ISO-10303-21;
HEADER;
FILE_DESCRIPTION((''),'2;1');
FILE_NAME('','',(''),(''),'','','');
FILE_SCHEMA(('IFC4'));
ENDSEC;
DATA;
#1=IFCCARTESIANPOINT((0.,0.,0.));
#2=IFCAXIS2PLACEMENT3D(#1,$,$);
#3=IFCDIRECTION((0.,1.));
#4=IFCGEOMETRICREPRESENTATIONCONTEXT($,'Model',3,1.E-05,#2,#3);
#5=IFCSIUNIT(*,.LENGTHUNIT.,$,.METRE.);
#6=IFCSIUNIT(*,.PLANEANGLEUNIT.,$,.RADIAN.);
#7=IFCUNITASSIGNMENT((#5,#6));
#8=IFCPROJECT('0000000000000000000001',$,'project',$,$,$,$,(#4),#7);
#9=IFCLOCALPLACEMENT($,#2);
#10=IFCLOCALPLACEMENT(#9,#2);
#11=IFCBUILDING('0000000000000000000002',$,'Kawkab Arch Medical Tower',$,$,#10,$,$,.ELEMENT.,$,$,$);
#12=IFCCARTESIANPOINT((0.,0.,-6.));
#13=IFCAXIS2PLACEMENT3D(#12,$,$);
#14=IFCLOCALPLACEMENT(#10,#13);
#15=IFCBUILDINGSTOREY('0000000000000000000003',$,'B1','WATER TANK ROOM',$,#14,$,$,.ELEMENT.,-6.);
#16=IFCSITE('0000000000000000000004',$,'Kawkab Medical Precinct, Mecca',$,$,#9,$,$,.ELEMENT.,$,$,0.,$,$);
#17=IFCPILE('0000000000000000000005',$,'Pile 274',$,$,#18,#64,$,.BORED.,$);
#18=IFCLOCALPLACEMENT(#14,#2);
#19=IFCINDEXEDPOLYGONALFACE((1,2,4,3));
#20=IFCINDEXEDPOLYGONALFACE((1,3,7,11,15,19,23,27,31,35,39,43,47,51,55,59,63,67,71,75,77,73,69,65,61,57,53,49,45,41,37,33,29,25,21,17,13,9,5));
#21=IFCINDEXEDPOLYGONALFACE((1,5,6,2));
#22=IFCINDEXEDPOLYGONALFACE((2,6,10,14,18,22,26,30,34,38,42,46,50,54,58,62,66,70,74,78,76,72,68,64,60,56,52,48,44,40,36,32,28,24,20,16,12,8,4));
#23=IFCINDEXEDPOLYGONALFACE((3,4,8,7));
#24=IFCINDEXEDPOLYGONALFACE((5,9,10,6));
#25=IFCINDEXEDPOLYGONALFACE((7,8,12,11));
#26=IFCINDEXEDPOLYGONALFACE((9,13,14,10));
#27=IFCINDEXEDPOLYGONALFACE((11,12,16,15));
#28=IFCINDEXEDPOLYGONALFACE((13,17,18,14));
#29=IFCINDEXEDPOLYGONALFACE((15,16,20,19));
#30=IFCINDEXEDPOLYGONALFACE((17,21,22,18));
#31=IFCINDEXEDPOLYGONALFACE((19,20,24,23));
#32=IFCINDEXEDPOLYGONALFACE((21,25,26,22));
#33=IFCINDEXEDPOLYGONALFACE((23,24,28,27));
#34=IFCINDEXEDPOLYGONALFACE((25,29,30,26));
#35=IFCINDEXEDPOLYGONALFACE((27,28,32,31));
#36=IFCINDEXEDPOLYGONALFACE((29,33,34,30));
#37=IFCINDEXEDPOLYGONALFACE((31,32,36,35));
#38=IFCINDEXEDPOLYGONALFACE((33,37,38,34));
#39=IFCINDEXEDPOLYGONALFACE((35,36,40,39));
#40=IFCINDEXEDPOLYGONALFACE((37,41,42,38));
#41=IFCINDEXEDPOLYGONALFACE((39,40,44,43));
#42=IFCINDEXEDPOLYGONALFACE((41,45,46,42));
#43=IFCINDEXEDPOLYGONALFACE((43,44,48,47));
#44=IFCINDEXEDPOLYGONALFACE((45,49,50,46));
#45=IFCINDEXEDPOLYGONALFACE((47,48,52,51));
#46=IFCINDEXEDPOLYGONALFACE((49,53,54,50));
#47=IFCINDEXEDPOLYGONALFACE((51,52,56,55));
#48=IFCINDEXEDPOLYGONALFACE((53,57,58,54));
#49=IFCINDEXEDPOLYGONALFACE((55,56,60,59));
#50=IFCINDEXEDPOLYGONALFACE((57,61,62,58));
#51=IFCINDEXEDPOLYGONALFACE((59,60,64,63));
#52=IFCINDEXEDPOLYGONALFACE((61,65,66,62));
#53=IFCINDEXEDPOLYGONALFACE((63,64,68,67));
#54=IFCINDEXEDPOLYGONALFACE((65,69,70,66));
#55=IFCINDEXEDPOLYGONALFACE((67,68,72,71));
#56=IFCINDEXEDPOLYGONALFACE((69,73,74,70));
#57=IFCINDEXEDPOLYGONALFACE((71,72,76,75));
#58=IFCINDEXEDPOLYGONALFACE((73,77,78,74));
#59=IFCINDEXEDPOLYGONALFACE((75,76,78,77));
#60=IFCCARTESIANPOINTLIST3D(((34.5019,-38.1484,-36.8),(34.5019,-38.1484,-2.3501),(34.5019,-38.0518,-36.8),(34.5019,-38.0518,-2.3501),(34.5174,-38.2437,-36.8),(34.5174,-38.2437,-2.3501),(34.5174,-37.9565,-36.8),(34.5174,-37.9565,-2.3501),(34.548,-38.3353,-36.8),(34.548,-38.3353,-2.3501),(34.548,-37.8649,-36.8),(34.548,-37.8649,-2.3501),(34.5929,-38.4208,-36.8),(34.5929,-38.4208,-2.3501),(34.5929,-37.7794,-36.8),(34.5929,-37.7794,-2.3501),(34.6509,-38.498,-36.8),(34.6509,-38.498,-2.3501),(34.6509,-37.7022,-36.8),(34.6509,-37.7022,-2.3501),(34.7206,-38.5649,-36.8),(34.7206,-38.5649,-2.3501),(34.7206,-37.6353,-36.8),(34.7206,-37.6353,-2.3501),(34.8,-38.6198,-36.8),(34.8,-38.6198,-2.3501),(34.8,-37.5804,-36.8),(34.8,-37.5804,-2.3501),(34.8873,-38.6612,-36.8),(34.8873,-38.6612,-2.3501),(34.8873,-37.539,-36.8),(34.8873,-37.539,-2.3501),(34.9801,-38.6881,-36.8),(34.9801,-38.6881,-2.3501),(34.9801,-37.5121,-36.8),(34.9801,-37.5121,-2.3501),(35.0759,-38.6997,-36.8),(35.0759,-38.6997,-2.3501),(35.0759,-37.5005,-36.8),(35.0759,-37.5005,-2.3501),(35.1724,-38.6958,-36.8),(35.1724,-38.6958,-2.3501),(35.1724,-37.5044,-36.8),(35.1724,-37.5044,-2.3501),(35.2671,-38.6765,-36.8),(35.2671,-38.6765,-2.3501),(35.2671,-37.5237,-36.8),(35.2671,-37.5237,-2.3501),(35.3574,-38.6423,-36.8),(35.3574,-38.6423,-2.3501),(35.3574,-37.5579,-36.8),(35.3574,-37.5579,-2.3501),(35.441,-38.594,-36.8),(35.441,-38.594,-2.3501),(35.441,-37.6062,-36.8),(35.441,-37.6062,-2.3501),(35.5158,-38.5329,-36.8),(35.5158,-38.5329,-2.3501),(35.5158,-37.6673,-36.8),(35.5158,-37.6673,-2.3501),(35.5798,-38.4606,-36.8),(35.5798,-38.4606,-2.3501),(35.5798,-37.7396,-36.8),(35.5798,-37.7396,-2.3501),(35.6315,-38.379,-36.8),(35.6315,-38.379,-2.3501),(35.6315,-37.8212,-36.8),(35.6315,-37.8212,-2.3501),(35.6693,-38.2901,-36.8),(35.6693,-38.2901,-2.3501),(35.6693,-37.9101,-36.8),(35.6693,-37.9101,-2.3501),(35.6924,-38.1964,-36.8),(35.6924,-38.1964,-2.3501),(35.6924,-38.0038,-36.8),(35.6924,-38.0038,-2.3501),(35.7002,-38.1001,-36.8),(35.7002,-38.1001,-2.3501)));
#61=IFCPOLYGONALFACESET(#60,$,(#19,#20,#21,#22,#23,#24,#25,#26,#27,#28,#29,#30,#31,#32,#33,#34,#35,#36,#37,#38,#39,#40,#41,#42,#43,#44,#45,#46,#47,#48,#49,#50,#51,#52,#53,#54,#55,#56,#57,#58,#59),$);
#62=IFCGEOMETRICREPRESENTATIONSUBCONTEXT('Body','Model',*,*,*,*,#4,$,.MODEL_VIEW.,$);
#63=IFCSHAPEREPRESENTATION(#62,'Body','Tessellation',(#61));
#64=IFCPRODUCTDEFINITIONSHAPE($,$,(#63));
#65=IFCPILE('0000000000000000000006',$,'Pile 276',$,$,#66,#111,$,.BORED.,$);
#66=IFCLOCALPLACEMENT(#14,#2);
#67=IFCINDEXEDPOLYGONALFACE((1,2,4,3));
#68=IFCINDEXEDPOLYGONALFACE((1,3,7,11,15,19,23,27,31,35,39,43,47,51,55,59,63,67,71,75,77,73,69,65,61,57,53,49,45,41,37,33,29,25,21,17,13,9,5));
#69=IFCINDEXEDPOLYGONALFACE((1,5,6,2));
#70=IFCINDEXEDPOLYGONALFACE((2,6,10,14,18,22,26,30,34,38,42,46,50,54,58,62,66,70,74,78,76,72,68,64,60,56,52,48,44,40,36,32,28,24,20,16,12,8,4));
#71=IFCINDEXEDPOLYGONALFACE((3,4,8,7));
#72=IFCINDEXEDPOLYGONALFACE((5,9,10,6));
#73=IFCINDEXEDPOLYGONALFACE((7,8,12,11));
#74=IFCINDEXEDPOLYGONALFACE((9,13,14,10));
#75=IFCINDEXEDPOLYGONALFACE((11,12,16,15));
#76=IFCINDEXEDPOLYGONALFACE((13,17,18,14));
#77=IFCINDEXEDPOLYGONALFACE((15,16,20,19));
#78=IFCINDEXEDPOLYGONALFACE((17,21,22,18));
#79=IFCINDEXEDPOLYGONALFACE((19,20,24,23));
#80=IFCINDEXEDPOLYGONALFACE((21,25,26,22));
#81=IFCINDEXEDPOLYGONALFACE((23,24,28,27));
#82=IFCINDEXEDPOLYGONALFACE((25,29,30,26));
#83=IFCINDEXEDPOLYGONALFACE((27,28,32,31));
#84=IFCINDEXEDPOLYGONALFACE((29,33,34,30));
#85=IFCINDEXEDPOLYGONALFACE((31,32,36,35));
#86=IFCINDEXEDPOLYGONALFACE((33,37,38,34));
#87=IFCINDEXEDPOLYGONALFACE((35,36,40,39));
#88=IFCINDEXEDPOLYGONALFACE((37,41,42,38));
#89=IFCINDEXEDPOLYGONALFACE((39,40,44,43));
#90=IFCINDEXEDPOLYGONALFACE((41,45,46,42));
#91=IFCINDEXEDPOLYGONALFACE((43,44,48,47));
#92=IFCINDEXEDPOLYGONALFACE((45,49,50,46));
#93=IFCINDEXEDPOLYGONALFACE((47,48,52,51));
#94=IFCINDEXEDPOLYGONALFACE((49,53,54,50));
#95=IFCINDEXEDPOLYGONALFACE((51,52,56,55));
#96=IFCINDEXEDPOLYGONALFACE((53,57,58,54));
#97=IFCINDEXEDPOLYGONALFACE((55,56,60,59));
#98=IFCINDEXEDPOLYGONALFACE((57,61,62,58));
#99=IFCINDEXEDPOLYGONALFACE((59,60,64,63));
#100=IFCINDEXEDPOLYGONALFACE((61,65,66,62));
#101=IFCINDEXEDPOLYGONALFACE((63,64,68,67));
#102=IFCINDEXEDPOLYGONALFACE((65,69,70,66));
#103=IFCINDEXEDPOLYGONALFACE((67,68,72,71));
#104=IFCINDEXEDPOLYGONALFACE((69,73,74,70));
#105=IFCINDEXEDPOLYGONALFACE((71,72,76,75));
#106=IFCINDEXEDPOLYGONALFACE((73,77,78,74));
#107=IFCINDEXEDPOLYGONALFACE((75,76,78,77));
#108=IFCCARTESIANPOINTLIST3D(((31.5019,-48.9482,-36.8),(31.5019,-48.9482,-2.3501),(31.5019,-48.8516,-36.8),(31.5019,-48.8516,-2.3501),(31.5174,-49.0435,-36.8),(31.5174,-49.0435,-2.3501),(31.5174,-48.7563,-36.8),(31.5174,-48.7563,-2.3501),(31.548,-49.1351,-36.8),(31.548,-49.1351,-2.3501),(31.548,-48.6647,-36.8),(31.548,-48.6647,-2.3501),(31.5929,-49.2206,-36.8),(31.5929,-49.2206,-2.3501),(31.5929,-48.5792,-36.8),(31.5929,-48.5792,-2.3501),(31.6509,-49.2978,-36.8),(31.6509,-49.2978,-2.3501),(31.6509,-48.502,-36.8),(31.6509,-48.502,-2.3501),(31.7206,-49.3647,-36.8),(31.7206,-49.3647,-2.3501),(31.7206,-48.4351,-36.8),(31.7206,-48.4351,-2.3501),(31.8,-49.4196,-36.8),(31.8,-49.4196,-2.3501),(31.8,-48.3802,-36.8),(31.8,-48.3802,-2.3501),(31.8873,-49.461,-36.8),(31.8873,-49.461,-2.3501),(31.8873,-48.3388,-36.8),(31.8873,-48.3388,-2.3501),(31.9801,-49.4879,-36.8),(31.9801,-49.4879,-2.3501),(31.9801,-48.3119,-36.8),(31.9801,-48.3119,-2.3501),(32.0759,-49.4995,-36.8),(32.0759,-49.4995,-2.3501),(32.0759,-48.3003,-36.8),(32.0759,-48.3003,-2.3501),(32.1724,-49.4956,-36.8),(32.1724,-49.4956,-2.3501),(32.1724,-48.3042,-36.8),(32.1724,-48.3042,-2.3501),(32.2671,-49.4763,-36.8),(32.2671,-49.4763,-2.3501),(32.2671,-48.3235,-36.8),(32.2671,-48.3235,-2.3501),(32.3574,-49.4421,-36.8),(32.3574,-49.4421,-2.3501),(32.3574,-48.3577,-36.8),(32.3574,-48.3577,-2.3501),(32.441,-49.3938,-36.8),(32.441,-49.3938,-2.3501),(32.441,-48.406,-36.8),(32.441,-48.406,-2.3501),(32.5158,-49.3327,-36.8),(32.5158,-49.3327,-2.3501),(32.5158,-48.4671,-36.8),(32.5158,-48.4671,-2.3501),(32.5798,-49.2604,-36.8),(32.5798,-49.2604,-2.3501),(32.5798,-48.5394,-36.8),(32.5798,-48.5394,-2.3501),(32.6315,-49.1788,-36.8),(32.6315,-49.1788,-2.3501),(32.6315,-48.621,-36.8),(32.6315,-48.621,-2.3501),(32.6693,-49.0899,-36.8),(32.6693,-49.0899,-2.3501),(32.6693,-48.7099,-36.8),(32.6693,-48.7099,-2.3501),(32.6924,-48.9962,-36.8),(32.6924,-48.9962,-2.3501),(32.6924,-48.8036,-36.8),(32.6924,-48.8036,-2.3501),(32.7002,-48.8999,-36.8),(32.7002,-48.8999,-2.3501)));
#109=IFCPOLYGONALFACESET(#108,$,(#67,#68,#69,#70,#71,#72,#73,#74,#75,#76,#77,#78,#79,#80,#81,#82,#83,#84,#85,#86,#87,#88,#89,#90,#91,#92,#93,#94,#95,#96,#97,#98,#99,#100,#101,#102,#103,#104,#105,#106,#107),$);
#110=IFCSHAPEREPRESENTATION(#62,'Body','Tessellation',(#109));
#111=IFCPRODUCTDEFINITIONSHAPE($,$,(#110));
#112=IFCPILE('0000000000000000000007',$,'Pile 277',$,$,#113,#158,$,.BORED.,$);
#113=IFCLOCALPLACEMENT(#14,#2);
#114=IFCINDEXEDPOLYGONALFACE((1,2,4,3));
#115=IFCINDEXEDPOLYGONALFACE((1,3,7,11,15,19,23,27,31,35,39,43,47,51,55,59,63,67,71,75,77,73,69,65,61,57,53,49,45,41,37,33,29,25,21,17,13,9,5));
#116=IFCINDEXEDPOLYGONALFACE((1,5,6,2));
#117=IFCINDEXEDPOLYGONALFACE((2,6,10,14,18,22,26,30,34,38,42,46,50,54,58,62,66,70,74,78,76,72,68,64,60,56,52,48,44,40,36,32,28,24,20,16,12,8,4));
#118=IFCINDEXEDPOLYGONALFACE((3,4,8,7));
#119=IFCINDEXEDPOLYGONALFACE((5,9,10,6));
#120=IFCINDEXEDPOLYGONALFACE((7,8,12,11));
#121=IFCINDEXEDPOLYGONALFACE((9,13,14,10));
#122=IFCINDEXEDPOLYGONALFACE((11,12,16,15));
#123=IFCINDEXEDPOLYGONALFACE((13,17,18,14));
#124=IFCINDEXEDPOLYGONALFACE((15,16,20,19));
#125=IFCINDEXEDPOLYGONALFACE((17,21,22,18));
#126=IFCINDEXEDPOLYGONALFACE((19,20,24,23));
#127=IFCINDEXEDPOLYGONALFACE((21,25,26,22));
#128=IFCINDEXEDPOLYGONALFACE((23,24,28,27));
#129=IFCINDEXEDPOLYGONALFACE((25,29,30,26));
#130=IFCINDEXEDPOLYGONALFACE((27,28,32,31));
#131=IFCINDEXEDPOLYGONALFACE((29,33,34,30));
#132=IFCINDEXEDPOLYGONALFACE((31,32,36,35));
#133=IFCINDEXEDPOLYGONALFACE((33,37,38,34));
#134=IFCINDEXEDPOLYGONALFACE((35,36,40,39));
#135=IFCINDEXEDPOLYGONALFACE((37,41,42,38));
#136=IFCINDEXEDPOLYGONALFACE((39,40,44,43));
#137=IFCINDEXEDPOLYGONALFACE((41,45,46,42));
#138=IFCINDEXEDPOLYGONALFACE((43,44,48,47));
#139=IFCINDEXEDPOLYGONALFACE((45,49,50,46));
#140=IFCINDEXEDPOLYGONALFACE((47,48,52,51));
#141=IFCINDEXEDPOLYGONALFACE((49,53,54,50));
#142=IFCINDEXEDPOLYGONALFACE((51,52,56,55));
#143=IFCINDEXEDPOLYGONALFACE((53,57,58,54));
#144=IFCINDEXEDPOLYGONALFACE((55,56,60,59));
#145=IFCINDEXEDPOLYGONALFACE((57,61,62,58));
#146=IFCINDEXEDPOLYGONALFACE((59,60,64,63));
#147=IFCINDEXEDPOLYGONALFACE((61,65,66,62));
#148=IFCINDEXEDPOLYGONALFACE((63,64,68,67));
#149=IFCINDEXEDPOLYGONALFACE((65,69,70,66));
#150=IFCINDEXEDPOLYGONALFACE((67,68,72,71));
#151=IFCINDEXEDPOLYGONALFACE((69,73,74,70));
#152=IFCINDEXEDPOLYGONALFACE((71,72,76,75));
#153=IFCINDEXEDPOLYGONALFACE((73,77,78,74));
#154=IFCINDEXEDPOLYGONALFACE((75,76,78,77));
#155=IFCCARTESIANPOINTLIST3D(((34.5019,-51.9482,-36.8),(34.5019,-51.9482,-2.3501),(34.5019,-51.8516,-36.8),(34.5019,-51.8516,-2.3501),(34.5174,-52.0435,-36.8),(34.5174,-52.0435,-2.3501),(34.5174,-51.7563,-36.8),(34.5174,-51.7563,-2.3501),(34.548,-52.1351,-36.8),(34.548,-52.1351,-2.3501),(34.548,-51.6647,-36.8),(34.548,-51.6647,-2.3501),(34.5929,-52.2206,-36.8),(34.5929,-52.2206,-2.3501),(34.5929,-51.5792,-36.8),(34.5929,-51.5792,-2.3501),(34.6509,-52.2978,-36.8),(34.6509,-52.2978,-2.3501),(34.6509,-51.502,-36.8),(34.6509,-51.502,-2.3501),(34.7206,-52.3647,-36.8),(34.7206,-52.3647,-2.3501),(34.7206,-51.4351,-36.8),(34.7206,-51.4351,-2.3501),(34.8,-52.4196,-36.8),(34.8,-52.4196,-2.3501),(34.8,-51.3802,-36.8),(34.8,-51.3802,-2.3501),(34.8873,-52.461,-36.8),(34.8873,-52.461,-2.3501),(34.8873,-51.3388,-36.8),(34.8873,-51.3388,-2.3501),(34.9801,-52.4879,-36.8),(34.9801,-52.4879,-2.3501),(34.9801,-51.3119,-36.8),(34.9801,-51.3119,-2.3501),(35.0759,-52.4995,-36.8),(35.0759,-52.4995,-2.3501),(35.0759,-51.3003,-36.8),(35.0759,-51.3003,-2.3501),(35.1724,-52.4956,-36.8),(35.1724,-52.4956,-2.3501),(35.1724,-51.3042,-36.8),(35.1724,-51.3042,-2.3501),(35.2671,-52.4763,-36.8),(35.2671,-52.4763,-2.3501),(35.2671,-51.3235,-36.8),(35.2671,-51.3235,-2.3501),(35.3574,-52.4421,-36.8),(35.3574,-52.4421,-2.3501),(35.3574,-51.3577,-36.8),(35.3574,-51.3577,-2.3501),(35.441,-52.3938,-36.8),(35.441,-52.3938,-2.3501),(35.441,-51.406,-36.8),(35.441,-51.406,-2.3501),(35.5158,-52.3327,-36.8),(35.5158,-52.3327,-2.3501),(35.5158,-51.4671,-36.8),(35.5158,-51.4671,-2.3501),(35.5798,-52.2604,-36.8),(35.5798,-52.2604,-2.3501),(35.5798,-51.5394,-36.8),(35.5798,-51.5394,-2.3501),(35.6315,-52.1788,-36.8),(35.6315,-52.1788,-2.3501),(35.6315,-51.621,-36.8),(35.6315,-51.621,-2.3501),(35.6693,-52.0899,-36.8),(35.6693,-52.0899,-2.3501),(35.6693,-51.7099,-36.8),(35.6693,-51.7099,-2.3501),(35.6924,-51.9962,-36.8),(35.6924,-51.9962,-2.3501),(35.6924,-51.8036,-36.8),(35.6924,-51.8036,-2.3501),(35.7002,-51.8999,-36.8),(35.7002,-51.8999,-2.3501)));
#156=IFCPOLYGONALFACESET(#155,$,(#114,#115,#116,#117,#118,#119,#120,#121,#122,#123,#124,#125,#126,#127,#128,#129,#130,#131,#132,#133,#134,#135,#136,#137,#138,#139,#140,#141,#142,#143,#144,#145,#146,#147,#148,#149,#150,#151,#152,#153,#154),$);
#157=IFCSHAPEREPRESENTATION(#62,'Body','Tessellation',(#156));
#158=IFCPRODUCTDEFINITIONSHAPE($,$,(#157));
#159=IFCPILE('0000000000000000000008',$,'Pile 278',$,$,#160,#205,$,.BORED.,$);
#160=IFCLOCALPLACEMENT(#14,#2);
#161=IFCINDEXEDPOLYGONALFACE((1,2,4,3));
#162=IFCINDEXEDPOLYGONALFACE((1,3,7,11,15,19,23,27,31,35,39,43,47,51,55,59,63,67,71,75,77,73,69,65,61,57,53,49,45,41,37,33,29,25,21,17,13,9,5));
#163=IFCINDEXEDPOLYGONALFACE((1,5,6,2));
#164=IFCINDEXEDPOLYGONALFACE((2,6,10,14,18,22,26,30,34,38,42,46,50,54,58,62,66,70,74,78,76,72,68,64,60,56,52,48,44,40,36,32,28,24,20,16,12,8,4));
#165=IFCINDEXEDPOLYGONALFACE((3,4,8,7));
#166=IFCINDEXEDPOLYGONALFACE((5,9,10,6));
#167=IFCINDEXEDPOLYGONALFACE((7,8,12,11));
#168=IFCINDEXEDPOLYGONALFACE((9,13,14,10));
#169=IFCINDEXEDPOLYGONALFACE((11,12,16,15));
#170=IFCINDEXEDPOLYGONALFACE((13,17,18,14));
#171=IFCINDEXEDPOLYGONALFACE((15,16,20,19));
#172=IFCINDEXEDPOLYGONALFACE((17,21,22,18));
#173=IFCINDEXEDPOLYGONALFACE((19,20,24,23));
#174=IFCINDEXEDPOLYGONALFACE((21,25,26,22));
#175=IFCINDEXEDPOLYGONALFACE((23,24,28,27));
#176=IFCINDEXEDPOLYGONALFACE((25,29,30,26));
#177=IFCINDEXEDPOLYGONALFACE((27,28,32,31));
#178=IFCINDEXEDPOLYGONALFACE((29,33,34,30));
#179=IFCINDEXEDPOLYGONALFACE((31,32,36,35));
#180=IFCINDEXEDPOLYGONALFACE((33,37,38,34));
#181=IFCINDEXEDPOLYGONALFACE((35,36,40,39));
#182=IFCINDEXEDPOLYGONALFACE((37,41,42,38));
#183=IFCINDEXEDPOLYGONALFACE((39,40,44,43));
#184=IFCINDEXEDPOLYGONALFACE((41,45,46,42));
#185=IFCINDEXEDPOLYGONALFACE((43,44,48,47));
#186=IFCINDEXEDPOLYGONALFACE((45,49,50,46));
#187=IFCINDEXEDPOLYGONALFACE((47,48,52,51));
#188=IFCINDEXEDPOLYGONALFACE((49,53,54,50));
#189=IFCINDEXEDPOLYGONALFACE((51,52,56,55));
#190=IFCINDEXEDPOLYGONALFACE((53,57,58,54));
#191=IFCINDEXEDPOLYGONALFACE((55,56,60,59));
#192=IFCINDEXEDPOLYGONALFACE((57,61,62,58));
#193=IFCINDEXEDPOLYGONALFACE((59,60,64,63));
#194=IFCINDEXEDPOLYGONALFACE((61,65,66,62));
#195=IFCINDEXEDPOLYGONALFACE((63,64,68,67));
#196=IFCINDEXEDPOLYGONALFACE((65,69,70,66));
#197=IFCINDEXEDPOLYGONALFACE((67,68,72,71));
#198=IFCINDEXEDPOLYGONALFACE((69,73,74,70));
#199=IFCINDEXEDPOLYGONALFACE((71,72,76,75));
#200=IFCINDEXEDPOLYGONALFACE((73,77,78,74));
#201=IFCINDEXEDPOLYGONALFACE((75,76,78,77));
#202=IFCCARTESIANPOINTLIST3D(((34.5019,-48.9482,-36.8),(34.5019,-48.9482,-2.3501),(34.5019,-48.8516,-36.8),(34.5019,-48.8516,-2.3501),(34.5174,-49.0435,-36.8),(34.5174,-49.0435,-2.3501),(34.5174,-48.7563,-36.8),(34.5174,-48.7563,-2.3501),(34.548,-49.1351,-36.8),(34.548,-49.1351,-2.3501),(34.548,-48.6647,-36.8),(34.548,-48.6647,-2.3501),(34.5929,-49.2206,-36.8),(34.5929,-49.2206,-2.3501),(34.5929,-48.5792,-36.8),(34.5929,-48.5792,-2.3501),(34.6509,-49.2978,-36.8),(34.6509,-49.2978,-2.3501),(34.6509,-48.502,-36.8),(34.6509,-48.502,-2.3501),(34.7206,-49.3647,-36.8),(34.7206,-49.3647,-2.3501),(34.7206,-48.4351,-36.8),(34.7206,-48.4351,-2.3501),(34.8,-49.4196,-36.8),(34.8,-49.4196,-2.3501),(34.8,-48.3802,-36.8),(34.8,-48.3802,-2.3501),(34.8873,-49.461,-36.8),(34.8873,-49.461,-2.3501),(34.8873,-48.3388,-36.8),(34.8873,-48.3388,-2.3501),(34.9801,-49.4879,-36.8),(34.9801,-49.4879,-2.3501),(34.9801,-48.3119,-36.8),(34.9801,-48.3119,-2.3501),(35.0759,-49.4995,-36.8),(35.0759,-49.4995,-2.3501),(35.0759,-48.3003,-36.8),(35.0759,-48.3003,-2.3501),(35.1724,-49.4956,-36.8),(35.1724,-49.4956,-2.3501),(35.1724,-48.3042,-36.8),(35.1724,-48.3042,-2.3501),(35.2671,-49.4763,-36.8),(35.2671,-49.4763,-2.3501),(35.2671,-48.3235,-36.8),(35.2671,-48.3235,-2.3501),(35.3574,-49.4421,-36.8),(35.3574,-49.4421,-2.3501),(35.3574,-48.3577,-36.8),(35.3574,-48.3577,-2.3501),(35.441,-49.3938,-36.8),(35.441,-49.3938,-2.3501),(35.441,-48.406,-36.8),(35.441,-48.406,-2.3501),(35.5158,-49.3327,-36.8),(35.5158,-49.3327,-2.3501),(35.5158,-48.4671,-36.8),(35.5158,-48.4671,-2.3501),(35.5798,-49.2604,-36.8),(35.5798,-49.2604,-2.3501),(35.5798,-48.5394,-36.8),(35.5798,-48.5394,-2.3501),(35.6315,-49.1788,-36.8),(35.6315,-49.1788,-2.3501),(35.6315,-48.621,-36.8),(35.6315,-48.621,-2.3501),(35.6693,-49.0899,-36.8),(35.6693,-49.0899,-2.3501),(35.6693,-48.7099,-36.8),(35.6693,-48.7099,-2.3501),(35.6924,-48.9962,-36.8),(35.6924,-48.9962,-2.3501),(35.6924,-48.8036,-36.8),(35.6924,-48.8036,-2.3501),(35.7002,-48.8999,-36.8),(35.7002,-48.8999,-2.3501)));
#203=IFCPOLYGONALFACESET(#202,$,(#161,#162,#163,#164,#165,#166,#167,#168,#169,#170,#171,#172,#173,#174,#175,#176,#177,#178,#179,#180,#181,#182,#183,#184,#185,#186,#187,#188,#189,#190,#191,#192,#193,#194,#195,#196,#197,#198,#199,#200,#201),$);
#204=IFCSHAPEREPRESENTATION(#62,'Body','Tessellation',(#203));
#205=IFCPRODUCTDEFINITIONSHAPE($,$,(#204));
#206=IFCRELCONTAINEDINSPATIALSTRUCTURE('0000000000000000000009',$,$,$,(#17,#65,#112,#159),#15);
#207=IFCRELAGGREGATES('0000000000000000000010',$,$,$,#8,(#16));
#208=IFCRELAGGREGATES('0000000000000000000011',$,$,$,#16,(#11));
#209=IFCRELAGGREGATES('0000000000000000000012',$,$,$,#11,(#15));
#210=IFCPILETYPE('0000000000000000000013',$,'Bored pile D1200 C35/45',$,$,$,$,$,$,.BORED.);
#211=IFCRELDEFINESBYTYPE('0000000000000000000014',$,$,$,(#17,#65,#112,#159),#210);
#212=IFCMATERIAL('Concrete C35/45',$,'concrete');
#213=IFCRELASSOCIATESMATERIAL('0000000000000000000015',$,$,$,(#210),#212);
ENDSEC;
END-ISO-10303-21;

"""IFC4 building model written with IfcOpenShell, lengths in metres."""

from ifc_helpers import new_model, si_unit, direction, frame, origin, origin_2d, place, context, subcontext, project, spatial, circle, extrude, material, material_profile, profile_set, type_object, element, save


model = new_model("IFC4")

# Units and contexts
model_context = context("Model", 3, precision=1e-05, world=origin(), true_north=direction((0.0, 1.0)))
body_context = subcontext(model_context, "Body", "Model", "MODEL_VIEW")
ifc_project = project(units=[si_unit("LENGTHUNIT", "METRE"), si_unit("PLANEANGLEUNIT", "RADIAN")], contexts=[model_context])

# Site, building, storey
site_placement = place(None, origin())
site = spatial("IfcSite", under=ifc_project, at=site_placement, Name="Kawkab Medical Precinct, Mecca", CompositionType="ELEMENT", RefElevation=0.0)
building_placement = place(site_placement, origin())
building = spatial("IfcBuilding", under=site, at=building_placement, Name="Kawkab Arch Medical Tower", CompositionType="ELEMENT")
storey_placement = place(building_placement, frame((0.0, 0.0, -6.0)))
storey = spatial("IfcBuildingStorey", under=building, at=storey_placement, Name="B1", Description="WATER TANK ROOM", CompositionType="ELEMENT", Elevation=-6.0)

# Piles
ifc_material_1 = material(Name="Concrete C35/45", Category="concrete")
ifc_material_profile_1 = material_profile(ifc_material_1, circle(Radius=0.6001, at=origin_2d()), Name="Bored pile D1200")
ifc_profile_set_1 = profile_set([ifc_material_profile_1], Name="Concrete C35/45")
pile_type_1 = type_object("IfcPileType", Name="Bored pile D1200 C35/45", PredefinedType="BORED", material=ifc_profile_set_1)
for number, where, z_axis, x_axis, name in (
    (1, (35.1001, -38.1001, -2.3501), (0.0, 0.0, -1.0), (1.0, 0.0, 0.0), "Pile 274"),
    (2, (32.1001, -48.8999, -2.3501), (0.0, 0.0, -1.0), (1.0, 0.0, 0.0), "Pile 276"),
    (3, (35.1001, -51.8999, -2.3501), (0.0, 0.0, -1.0), (1.0, 0.0, 0.0), "Pile 277"),
    (4, (35.1001, -48.8999, -2.3501), (0.0, 0.0, -1.0), (1.0, 0.0, 0.0), "Pile 278"),
):
    element("IfcPile", number, at=place(storey_placement, frame(where, z_axis=z_axis, x_axis=x_axis)), inside=storey, type_object=pile_type_1, Name=name, PredefinedType="BORED", context=body_context, shape_type="SweptSolid", body=[
        extrude(circle(Radius=0.6001, at=origin_2d()), origin(), (0.0, 0.0, 1.0), 34.45),
    ])

save(model, "model.ifc")
